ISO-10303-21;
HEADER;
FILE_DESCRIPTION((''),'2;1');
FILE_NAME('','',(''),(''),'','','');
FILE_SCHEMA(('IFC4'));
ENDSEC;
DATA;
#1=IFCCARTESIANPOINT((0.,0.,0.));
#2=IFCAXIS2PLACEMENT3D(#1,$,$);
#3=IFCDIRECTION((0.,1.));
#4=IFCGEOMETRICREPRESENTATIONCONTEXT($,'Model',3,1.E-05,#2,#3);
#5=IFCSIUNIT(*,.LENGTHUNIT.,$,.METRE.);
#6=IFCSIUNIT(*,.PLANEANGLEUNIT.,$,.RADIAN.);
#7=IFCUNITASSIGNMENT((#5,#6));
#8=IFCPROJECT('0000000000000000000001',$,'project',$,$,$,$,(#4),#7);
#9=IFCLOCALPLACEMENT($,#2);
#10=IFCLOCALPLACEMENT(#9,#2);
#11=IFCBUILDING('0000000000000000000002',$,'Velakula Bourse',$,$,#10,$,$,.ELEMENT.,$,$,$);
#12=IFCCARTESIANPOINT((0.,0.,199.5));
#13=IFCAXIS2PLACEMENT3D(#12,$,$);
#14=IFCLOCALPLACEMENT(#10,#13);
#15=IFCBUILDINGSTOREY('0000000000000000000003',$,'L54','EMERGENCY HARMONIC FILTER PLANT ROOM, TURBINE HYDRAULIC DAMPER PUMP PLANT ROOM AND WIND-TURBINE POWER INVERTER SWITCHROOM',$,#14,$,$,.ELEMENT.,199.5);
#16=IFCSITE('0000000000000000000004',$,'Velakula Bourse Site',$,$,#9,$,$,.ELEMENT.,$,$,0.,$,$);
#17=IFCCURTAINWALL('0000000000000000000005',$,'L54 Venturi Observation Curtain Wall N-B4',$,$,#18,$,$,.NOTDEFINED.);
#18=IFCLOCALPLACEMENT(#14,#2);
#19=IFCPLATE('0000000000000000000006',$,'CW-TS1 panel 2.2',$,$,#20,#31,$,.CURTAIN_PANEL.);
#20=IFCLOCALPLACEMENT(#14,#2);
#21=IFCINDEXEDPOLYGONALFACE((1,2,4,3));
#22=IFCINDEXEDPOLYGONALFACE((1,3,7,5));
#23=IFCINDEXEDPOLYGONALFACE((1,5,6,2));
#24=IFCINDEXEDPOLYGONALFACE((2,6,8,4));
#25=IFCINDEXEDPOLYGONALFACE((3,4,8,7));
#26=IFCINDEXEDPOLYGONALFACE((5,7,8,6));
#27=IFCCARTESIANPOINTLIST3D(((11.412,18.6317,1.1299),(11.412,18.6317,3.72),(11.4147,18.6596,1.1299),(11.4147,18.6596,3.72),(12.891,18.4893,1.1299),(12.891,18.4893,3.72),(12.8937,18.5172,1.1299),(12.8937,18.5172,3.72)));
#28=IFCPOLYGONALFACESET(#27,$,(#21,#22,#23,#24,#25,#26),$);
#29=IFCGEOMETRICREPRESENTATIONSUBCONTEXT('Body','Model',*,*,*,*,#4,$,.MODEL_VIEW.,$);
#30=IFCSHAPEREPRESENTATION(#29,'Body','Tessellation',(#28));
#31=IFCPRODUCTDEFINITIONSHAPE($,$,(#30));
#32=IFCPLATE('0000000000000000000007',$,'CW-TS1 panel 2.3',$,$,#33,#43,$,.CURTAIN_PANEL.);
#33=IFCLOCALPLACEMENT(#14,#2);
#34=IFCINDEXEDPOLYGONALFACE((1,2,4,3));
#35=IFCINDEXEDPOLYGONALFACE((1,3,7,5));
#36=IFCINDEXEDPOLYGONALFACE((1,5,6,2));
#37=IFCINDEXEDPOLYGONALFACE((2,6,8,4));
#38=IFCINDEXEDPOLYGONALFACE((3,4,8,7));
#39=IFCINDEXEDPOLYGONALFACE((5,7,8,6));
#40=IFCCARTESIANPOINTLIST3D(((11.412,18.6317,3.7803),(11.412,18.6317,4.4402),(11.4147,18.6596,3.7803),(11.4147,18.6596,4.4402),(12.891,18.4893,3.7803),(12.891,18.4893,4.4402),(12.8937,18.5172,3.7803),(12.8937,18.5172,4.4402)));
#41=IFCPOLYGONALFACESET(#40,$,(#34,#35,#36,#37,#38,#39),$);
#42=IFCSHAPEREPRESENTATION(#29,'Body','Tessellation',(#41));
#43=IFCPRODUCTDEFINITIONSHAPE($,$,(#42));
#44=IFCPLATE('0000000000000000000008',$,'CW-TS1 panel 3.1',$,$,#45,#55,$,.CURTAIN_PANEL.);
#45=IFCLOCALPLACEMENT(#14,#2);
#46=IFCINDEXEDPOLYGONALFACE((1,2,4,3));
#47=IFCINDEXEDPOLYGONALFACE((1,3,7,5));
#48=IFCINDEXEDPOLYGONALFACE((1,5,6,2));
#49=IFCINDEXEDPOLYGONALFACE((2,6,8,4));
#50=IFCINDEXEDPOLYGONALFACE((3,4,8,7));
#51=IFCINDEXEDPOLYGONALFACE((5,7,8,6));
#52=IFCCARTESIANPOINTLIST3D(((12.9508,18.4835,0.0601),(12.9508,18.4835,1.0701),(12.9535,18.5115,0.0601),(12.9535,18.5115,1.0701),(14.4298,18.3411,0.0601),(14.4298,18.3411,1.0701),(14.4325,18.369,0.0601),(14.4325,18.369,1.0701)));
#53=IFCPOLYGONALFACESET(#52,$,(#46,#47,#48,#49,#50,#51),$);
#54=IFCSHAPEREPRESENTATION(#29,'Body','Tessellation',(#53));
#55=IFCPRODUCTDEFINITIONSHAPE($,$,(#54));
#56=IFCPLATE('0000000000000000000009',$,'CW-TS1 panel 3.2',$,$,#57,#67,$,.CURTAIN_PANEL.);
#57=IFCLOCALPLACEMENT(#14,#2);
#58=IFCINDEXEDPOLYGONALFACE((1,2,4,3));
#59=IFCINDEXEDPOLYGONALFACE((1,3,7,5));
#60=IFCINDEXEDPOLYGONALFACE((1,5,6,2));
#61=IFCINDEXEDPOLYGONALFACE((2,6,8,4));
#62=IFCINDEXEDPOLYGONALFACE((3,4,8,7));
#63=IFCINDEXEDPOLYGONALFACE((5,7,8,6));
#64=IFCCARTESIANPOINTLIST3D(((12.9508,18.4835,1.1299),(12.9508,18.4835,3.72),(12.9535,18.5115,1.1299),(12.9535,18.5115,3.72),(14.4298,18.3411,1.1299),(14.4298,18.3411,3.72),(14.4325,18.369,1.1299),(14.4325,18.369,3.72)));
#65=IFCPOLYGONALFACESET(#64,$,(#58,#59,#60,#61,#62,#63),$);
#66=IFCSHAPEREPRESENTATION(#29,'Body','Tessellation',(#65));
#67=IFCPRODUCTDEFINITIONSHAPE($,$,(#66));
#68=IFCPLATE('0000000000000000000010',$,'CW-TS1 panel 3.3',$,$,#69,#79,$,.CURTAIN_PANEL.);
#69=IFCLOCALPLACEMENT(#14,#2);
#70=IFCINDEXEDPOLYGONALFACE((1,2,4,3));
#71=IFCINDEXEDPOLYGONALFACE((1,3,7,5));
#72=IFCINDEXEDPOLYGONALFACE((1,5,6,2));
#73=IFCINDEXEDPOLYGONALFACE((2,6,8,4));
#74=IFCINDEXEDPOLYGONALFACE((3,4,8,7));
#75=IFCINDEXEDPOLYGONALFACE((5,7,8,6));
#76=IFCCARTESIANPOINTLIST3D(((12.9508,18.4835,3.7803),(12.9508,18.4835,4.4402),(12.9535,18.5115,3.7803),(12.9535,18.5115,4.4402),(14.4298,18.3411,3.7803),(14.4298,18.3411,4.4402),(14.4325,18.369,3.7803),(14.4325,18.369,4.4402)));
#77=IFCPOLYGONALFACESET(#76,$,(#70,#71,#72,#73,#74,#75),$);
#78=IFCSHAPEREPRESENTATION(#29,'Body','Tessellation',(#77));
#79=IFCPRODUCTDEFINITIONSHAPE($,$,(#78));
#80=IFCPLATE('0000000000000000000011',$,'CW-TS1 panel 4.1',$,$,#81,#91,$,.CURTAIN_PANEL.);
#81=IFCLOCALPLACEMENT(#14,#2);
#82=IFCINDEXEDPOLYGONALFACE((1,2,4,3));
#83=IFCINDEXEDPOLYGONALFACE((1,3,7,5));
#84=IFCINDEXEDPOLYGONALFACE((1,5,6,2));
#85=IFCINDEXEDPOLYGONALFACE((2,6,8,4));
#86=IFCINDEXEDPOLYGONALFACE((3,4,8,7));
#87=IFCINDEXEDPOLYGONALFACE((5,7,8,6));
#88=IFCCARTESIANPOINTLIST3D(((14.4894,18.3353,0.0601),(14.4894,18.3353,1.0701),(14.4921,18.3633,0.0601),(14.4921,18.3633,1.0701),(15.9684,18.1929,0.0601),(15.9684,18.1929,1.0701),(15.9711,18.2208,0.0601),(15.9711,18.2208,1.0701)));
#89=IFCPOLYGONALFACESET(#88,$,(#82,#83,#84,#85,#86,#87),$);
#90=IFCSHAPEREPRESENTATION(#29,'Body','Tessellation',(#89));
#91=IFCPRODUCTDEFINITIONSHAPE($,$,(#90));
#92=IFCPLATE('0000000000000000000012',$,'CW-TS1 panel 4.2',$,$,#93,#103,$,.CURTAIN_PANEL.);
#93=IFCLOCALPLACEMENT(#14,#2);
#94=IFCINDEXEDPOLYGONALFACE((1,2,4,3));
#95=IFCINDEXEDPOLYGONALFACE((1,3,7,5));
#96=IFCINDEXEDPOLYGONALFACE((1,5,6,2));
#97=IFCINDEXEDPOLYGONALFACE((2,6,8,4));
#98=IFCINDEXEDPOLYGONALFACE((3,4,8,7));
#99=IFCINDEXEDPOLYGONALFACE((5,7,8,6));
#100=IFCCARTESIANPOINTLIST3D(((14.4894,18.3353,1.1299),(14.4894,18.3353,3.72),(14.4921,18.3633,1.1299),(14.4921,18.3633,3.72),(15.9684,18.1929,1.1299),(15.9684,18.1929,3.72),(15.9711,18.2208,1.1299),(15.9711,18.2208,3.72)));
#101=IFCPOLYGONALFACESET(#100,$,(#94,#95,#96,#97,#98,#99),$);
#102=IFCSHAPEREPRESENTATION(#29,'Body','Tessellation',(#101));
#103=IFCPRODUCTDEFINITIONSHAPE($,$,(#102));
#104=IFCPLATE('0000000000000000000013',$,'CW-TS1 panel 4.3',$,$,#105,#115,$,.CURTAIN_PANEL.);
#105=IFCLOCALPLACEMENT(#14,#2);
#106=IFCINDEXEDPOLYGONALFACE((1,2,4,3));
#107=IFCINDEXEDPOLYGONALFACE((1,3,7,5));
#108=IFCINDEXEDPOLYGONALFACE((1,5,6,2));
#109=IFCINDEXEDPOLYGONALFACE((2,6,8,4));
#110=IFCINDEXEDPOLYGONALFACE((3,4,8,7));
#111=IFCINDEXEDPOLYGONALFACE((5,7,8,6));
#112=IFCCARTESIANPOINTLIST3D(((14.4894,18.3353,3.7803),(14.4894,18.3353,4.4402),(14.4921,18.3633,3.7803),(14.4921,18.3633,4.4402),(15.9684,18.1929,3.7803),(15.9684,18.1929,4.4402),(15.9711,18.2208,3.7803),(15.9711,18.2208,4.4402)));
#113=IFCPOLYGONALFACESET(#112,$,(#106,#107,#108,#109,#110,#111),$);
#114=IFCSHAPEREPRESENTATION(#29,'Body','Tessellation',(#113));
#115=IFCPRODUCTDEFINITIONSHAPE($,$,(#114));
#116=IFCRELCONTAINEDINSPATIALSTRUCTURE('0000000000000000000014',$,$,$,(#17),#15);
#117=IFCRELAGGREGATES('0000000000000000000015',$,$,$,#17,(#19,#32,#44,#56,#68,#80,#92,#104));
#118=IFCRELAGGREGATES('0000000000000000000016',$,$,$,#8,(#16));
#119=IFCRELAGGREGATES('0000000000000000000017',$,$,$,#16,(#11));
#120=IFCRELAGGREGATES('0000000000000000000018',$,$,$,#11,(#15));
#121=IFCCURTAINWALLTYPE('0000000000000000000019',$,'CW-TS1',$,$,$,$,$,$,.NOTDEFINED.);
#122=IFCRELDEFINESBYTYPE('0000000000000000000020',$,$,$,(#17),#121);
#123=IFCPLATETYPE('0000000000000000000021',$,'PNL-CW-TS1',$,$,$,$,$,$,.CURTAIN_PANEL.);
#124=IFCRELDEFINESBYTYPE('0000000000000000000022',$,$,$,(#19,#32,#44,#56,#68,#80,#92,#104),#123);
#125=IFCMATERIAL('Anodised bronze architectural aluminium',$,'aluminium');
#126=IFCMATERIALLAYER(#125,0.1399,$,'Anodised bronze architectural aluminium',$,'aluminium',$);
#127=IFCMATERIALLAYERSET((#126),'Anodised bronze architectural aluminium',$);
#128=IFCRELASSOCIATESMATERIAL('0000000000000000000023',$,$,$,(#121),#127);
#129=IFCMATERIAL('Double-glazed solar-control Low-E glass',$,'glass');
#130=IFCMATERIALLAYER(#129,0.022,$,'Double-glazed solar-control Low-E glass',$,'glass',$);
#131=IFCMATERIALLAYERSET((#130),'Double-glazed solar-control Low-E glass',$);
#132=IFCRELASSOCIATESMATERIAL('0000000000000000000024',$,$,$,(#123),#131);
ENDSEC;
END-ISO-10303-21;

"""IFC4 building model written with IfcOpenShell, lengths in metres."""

from ifc_helpers import new_model, si_unit, direction, frame, origin, origin_2d, place, context, subcontext, project, spatial, rectangle, extrude, material, layer, layer_set, type_object, element, aggregate, save


model = new_model("IFC4")

# Units and contexts
model_context = context("Model", 3, precision=1e-05, world=origin(), true_north=direction((0.0, 1.0)))
body_context = subcontext(model_context, "Body", "Model", "MODEL_VIEW")
ifc_project = project(units=[si_unit("LENGTHUNIT", "METRE"), si_unit("PLANEANGLEUNIT", "RADIAN")], contexts=[model_context])

# Site, building, storey
site_placement = place(None, origin())
site = spatial("IfcSite", under=ifc_project, at=site_placement, Name="Velakula Bourse Site", CompositionType="ELEMENT", RefElevation=0.0)
building_placement = place(site_placement, origin())
building = spatial("IfcBuilding", under=site, at=building_placement, Name="Velakula Bourse", CompositionType="ELEMENT")
storey_placement = place(building_placement, frame((0.0, 0.0, 199.5)))
storey = spatial("IfcBuildingStorey", under=building, at=storey_placement, Name="L54", Description="EMERGENCY HARMONIC FILTER PLANT ROOM, TURBINE HYDRAULIC DAMPER PUMP PLANT ROOM AND WIND-TURBINE POWER INVERTER SWITCHROOM", CompositionType="ELEMENT", Elevation=199.5)

# Curtain wall, plates
ifc_material_1 = material(Name="Anodised bronze architectural aluminium", Category="aluminium")
ifc_layer_1 = layer(ifc_material_1, 0.1399, Name="Anodised bronze architectural aluminium", Category="aluminium")
ifc_layer_set_1 = layer_set([ifc_layer_1], Name="Anodised bronze architectural aluminium")
curtain_wall_type = type_object("IfcCurtainWallType", Name="CW-TS1", PredefinedType="NOTDEFINED", material=ifc_layer_set_1)
curtain_wall_placement = place(storey_placement, origin())
curtain_wall = element("IfcCurtainWall", 1, at=curtain_wall_placement, inside=storey, type_object=curtain_wall_type, Name="L54 Venturi Observation Curtain Wall N-B4", PredefinedType="NOTDEFINED")
ifc_material_2 = material(Name="Double-glazed solar-control Low-E glass", Category="glass")
ifc_layer_2 = layer(ifc_material_2, 0.022, Name="Double-glazed solar-control Low-E glass", Category="glass")
ifc_layer_set_2 = layer_set([ifc_layer_2], Name="Double-glazed solar-control Low-E glass")
plate_type = type_object("IfcPlateType", Name="PNL-CW-TS1", PredefinedType="CURTAIN_PANEL", material=ifc_layer_set_2)
plate_1_placement = place(storey_placement, frame((12.1528, 18.5745, 1.1299), z_axis=(0.0, 0.0, 1.0), x_axis=(0.995396, -0.095849, 0.0)))
plate_1 = element("IfcPlate", 2, at=plate_1_placement, type_object=plate_type, Name="CW-TS1 panel 2.2", PredefinedType="CURTAIN_PANEL", context=body_context, shape_type="SweptSolid", body=[
    extrude(rectangle(XDim=1.4858, YDim=0.0281, at=origin_2d()), origin(), (0.0, 0.0, 1.0), 2.5901),
])
plate_2_placement = place(storey_placement, frame((12.1528, 18.5745, 3.7803), z_axis=(0.0, 0.0, 1.0), x_axis=(0.995396, -0.095849, 0.0)))
plate_2 = element("IfcPlate", 3, at=plate_2_placement, type_object=plate_type, Name="CW-TS1 panel 2.3", PredefinedType="CURTAIN_PANEL", context=body_context, shape_type="SweptSolid", body=[
    extrude(rectangle(XDim=1.4858, YDim=0.0281, at=origin_2d()), origin(), (0.0, 0.0, 1.0), 0.6599),
])
plate_3_placement = place(storey_placement, frame((13.6917, 18.4263, 0.0601), z_axis=(0.0, 0.0, 1.0), x_axis=(0.995396, -0.095849, 0.0)))
plate_3 = element("IfcPlate", 4, at=plate_3_placement, type_object=plate_type, Name="CW-TS1 panel 3.1", PredefinedType="CURTAIN_PANEL", context=body_context, shape_type="SweptSolid", body=[
    extrude(rectangle(XDim=1.4858, YDim=0.0281, at=origin_2d()), origin(), (0.0, 0.0, 1.0), 1.01),
])
plate_4_placement = place(storey_placement, frame((13.6917, 18.4263, 1.1299), z_axis=(0.0, 0.0, 1.0), x_axis=(0.995396, -0.095849, 0.0)))
plate_4 = element("IfcPlate", 5, at=plate_4_placement, type_object=plate_type, Name="CW-TS1 panel 3.2", PredefinedType="CURTAIN_PANEL", context=body_context, shape_type="SweptSolid", body=[
    extrude(rectangle(XDim=1.4858, YDim=0.0281, at=origin_2d()), origin(), (0.0, 0.0, 1.0), 2.5901),
])
plate_5_placement = place(storey_placement, frame((13.6917, 18.4263, 3.7803), z_axis=(0.0, 0.0, 1.0), x_axis=(0.995396, -0.095849, 0.0)))
plate_5 = element("IfcPlate", 6, at=plate_5_placement, type_object=plate_type, Name="CW-TS1 panel 3.3", PredefinedType="CURTAIN_PANEL", context=body_context, shape_type="SweptSolid", body=[
    extrude(rectangle(XDim=1.4858, YDim=0.0281, at=origin_2d()), origin(), (0.0, 0.0, 1.0), 0.6599),
])
plate_6_placement = place(storey_placement, frame((15.2302, 18.2781, 0.0601), z_axis=(0.0, 0.0, 1.0), x_axis=(0.995396, -0.095849, 0.0)))
plate_6 = element("IfcPlate", 7, at=plate_6_placement, type_object=plate_type, Name="CW-TS1 panel 4.1", PredefinedType="CURTAIN_PANEL", context=body_context, shape_type="SweptSolid", body=[
    extrude(rectangle(XDim=1.4858, YDim=0.0281, at=origin_2d()), origin(), (0.0, 0.0, 1.0), 1.01),
])
plate_7_placement = place(storey_placement, frame((15.2302, 18.2781, 1.1299), z_axis=(0.0, 0.0, 1.0), x_axis=(0.995396, -0.095849, 0.0)))
plate_7 = element("IfcPlate", 8, at=plate_7_placement, type_object=plate_type, Name="CW-TS1 panel 4.2", PredefinedType="CURTAIN_PANEL", context=body_context, shape_type="SweptSolid", body=[
    extrude(rectangle(XDim=1.4858, YDim=0.0281, at=origin_2d()), origin(), (0.0, 0.0, 1.0), 2.5901),
])
plate_8_placement = place(storey_placement, frame((15.2302, 18.2781, 3.7803), z_axis=(0.0, 0.0, 1.0), x_axis=(0.995396, -0.095849, 0.0)))
plate_8 = element("IfcPlate", 9, at=plate_8_placement, type_object=plate_type, Name="CW-TS1 panel 4.3", PredefinedType="CURTAIN_PANEL", context=body_context, shape_type="SweptSolid", body=[
    extrude(rectangle(XDim=1.4858, YDim=0.0281, at=origin_2d()), origin(), (0.0, 0.0, 1.0), 0.6599),
])
aggregate(curtain_wall, [plate_1, plate_2, plate_3, plate_4, plate_5, plate_6, plate_7, plate_8])

save(model, "model.ifc")
